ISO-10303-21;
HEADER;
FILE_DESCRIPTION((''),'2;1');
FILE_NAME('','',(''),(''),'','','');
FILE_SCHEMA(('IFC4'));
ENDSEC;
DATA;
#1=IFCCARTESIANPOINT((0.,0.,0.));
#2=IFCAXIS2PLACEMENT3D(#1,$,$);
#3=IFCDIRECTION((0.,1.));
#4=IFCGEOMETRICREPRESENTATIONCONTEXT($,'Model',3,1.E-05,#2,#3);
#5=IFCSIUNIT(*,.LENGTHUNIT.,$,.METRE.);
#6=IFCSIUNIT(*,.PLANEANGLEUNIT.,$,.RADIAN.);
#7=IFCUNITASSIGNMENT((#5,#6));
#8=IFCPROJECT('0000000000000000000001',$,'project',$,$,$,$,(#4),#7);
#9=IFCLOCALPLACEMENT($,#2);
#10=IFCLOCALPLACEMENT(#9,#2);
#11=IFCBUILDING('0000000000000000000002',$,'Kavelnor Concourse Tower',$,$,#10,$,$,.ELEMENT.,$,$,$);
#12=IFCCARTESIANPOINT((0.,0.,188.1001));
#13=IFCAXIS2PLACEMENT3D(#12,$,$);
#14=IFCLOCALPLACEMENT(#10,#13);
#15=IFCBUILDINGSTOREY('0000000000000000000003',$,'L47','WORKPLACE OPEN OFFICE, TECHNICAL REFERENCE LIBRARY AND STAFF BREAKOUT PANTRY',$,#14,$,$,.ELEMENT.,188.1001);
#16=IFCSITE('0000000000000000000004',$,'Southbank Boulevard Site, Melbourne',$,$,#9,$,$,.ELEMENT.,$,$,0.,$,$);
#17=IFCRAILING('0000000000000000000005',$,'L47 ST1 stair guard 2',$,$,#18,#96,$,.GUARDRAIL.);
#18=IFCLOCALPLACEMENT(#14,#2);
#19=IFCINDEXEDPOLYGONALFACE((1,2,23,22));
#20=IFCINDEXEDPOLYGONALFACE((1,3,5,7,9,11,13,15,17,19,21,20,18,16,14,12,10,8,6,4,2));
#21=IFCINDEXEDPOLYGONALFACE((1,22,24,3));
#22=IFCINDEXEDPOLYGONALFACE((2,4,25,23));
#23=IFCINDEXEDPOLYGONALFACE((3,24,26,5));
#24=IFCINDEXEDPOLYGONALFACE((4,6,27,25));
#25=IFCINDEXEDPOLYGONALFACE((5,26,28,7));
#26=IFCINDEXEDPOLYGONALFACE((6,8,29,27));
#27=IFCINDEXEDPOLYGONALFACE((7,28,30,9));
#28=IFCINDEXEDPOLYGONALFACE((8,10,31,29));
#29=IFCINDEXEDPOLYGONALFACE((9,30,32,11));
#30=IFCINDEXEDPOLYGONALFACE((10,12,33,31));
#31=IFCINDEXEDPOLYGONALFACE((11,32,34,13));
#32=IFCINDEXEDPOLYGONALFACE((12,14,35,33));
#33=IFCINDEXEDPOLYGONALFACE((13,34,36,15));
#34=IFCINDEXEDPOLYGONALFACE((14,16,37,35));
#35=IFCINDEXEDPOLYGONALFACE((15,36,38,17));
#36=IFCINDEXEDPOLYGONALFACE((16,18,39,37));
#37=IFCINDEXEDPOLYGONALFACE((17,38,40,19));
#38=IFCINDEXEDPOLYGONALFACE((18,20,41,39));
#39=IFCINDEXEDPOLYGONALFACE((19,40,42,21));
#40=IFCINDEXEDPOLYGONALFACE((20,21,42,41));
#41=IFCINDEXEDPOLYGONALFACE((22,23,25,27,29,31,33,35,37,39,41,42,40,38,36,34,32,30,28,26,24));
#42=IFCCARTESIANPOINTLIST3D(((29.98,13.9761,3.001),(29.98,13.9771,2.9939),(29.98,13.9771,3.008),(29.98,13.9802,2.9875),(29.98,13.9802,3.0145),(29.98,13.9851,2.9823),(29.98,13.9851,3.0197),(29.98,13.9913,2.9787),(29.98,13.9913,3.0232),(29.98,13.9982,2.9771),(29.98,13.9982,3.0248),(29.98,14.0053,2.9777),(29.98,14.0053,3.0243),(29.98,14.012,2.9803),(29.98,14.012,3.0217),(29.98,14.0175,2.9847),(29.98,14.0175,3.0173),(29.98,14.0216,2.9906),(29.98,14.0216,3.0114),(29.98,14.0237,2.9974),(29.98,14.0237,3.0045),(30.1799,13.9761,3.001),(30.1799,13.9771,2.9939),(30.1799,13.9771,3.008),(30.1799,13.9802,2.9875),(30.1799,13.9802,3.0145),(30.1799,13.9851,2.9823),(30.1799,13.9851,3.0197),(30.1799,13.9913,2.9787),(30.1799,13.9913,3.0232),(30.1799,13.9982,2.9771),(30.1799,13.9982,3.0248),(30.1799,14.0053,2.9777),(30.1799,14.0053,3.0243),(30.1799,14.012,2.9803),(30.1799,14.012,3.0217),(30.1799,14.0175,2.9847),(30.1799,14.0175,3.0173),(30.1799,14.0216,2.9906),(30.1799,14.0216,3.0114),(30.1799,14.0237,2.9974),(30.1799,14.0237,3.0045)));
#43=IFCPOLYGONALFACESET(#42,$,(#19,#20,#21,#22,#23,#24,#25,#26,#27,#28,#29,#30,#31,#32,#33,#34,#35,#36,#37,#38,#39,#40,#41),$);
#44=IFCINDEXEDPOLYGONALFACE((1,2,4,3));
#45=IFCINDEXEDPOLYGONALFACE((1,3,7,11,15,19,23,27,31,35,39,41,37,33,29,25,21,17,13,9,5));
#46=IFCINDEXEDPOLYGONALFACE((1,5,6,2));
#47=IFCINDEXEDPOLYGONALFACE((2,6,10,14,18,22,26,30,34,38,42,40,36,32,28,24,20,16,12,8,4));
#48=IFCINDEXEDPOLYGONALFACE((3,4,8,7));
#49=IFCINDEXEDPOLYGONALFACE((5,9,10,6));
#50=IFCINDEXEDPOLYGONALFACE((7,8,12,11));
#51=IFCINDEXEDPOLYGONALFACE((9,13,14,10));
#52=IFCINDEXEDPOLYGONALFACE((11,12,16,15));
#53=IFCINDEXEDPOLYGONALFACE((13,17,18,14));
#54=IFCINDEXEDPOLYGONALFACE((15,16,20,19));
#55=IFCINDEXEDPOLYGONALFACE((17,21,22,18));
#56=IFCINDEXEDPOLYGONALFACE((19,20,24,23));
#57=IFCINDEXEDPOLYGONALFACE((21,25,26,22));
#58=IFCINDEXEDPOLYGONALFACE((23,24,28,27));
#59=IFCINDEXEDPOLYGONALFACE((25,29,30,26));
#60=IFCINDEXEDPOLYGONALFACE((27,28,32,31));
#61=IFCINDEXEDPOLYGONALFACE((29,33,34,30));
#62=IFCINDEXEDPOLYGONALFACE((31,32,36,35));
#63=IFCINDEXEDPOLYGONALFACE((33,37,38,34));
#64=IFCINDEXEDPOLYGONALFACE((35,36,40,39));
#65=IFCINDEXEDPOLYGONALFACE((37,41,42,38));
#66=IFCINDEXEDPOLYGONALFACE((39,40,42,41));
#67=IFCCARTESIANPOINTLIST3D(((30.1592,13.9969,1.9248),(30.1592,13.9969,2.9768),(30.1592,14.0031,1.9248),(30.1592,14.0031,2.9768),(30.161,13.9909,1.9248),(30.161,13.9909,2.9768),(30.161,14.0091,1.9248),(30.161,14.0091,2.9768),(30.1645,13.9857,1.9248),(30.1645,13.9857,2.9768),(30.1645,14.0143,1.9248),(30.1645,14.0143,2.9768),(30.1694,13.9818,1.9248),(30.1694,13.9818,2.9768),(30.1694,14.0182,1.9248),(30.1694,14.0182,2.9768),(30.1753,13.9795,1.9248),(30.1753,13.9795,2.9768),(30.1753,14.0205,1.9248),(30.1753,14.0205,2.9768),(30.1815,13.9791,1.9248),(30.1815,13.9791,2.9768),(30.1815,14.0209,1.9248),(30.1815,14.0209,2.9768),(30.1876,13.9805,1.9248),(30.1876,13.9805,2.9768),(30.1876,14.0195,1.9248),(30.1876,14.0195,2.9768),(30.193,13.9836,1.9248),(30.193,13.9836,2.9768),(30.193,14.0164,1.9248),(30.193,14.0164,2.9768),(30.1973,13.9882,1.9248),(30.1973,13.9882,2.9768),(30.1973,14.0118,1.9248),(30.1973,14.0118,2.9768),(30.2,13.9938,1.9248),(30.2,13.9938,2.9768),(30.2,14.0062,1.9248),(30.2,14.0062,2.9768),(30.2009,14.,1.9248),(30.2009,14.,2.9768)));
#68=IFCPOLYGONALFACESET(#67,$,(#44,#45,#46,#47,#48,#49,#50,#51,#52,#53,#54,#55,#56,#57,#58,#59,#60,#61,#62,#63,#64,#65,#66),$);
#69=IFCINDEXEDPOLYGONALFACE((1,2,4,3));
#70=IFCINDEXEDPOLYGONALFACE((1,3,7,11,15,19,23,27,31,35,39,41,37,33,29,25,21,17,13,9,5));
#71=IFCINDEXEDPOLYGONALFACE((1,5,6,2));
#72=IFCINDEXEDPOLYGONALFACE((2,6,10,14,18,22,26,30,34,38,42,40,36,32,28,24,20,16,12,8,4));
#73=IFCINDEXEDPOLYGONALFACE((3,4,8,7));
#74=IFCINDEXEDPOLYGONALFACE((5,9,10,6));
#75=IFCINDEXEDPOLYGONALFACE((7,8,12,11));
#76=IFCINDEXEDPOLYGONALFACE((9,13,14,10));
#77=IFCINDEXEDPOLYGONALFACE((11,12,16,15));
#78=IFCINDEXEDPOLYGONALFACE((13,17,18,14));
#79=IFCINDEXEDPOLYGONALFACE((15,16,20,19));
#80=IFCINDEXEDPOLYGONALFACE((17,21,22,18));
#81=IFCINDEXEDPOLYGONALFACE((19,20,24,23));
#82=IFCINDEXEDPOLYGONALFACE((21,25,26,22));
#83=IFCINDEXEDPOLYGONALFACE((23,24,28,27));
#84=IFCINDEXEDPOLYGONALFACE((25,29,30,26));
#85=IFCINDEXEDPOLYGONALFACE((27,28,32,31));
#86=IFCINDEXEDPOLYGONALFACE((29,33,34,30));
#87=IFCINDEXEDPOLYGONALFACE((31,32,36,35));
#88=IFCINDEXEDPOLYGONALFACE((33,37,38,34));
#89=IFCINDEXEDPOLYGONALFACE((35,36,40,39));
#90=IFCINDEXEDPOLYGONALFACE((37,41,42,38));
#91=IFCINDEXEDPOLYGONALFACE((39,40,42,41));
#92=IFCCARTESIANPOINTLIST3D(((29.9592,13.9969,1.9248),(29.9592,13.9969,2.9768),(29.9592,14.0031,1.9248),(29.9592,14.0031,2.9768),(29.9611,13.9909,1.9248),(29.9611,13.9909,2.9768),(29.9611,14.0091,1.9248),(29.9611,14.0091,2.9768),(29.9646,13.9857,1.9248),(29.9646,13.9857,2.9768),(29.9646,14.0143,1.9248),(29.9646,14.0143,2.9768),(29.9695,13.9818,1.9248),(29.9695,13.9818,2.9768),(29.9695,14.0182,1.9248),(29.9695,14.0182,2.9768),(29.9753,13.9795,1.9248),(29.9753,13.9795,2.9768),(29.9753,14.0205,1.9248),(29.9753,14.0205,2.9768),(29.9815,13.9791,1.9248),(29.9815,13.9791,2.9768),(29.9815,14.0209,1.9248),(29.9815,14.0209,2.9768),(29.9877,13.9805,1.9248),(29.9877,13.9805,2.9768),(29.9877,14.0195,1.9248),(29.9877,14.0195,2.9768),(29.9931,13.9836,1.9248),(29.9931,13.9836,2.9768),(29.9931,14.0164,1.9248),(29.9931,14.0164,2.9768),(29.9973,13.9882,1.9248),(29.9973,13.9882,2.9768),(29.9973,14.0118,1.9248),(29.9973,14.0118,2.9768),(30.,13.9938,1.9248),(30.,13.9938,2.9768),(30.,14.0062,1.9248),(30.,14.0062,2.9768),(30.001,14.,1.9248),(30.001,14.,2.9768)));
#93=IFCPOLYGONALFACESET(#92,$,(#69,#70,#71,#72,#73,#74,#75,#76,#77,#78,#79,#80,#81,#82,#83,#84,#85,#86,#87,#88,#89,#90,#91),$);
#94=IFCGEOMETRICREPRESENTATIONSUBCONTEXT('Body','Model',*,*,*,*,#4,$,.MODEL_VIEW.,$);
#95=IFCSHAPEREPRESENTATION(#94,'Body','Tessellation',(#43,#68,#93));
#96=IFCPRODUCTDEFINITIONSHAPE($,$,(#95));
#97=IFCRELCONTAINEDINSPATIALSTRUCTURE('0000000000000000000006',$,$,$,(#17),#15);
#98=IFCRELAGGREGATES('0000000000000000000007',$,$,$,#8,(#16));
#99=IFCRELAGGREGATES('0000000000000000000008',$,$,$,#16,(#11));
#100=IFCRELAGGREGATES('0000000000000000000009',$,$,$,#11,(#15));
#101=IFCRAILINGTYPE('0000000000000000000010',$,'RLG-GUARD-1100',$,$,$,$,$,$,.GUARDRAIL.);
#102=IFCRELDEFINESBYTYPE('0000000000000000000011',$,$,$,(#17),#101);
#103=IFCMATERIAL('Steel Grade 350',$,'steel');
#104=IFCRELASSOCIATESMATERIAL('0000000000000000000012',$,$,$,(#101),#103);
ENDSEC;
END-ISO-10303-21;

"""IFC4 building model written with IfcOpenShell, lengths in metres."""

from ifc_helpers import new_model, si_unit, direction, frame, origin, origin_2d, place, context, subcontext, project, spatial, circle, extrude, material, type_object, element, save


model = new_model("IFC4")

# Units and contexts
model_context = context("Model", 3, precision=1e-05, world=origin(), true_north=direction((0.0, 1.0)))
body_context = subcontext(model_context, "Body", "Model", "MODEL_VIEW")
ifc_project = project(units=[si_unit("LENGTHUNIT", "METRE"), si_unit("PLANEANGLEUNIT", "RADIAN")], contexts=[model_context])

# Site, building, storey
site_placement = place(None, origin())
site = spatial("IfcSite", under=ifc_project, at=site_placement, Name="Southbank Boulevard Site, Melbourne", CompositionType="ELEMENT", RefElevation=0.0)
building_placement = place(site_placement, origin())
building = spatial("IfcBuilding", under=site, at=building_placement, Name="Kavelnor Concourse Tower", CompositionType="ELEMENT")
storey_placement = place(building_placement, frame((0.0, 0.0, 188.1001)))
storey = spatial("IfcBuildingStorey", under=building, at=storey_placement, Name="L47", Description="WORKPLACE OPEN OFFICE, TECHNICAL REFERENCE LIBRARY AND STAFF BREAKOUT PANTRY", CompositionType="ELEMENT", Elevation=188.1001)

# Shared definitions
ifc_material_1 = material(Name="Steel Grade 350", Category="steel")

# Railing
railing_type_1 = type_object("IfcRailingType", Name="RLG-GUARD-1100", PredefinedType="GUARDRAIL", material=ifc_material_1)
railing_1_placement = place(storey_placement, frame((30.1799, 14.0, 1.9248)))
element("IfcRailing", 1, at=railing_1_placement, inside=storey, type_object=railing_type_1, Name="L47 ST1 stair guard 2", PredefinedType="GUARDRAIL", context=body_context, shape_type="SweptSolid", body=[
    extrude(circle(Radius=0.0239, at=origin_2d()), frame((0.0, 0.0, 1.0762), z_axis=(-1.0, 0.0, 0.0), x_axis=(0.0, -1.0, 0.0)), (0.0, 0.0, 1.0), 0.2),
    extrude(circle(Radius=0.021, at=origin_2d()), origin(), (0.0, 0.0, 1.0), 1.052),
    extrude(circle(Radius=0.021, at=origin_2d()), frame((-0.2, 0.0, 0.0)), (0.0, 0.0, 1.0), 1.052),
])

save(model, "model.ifc")
